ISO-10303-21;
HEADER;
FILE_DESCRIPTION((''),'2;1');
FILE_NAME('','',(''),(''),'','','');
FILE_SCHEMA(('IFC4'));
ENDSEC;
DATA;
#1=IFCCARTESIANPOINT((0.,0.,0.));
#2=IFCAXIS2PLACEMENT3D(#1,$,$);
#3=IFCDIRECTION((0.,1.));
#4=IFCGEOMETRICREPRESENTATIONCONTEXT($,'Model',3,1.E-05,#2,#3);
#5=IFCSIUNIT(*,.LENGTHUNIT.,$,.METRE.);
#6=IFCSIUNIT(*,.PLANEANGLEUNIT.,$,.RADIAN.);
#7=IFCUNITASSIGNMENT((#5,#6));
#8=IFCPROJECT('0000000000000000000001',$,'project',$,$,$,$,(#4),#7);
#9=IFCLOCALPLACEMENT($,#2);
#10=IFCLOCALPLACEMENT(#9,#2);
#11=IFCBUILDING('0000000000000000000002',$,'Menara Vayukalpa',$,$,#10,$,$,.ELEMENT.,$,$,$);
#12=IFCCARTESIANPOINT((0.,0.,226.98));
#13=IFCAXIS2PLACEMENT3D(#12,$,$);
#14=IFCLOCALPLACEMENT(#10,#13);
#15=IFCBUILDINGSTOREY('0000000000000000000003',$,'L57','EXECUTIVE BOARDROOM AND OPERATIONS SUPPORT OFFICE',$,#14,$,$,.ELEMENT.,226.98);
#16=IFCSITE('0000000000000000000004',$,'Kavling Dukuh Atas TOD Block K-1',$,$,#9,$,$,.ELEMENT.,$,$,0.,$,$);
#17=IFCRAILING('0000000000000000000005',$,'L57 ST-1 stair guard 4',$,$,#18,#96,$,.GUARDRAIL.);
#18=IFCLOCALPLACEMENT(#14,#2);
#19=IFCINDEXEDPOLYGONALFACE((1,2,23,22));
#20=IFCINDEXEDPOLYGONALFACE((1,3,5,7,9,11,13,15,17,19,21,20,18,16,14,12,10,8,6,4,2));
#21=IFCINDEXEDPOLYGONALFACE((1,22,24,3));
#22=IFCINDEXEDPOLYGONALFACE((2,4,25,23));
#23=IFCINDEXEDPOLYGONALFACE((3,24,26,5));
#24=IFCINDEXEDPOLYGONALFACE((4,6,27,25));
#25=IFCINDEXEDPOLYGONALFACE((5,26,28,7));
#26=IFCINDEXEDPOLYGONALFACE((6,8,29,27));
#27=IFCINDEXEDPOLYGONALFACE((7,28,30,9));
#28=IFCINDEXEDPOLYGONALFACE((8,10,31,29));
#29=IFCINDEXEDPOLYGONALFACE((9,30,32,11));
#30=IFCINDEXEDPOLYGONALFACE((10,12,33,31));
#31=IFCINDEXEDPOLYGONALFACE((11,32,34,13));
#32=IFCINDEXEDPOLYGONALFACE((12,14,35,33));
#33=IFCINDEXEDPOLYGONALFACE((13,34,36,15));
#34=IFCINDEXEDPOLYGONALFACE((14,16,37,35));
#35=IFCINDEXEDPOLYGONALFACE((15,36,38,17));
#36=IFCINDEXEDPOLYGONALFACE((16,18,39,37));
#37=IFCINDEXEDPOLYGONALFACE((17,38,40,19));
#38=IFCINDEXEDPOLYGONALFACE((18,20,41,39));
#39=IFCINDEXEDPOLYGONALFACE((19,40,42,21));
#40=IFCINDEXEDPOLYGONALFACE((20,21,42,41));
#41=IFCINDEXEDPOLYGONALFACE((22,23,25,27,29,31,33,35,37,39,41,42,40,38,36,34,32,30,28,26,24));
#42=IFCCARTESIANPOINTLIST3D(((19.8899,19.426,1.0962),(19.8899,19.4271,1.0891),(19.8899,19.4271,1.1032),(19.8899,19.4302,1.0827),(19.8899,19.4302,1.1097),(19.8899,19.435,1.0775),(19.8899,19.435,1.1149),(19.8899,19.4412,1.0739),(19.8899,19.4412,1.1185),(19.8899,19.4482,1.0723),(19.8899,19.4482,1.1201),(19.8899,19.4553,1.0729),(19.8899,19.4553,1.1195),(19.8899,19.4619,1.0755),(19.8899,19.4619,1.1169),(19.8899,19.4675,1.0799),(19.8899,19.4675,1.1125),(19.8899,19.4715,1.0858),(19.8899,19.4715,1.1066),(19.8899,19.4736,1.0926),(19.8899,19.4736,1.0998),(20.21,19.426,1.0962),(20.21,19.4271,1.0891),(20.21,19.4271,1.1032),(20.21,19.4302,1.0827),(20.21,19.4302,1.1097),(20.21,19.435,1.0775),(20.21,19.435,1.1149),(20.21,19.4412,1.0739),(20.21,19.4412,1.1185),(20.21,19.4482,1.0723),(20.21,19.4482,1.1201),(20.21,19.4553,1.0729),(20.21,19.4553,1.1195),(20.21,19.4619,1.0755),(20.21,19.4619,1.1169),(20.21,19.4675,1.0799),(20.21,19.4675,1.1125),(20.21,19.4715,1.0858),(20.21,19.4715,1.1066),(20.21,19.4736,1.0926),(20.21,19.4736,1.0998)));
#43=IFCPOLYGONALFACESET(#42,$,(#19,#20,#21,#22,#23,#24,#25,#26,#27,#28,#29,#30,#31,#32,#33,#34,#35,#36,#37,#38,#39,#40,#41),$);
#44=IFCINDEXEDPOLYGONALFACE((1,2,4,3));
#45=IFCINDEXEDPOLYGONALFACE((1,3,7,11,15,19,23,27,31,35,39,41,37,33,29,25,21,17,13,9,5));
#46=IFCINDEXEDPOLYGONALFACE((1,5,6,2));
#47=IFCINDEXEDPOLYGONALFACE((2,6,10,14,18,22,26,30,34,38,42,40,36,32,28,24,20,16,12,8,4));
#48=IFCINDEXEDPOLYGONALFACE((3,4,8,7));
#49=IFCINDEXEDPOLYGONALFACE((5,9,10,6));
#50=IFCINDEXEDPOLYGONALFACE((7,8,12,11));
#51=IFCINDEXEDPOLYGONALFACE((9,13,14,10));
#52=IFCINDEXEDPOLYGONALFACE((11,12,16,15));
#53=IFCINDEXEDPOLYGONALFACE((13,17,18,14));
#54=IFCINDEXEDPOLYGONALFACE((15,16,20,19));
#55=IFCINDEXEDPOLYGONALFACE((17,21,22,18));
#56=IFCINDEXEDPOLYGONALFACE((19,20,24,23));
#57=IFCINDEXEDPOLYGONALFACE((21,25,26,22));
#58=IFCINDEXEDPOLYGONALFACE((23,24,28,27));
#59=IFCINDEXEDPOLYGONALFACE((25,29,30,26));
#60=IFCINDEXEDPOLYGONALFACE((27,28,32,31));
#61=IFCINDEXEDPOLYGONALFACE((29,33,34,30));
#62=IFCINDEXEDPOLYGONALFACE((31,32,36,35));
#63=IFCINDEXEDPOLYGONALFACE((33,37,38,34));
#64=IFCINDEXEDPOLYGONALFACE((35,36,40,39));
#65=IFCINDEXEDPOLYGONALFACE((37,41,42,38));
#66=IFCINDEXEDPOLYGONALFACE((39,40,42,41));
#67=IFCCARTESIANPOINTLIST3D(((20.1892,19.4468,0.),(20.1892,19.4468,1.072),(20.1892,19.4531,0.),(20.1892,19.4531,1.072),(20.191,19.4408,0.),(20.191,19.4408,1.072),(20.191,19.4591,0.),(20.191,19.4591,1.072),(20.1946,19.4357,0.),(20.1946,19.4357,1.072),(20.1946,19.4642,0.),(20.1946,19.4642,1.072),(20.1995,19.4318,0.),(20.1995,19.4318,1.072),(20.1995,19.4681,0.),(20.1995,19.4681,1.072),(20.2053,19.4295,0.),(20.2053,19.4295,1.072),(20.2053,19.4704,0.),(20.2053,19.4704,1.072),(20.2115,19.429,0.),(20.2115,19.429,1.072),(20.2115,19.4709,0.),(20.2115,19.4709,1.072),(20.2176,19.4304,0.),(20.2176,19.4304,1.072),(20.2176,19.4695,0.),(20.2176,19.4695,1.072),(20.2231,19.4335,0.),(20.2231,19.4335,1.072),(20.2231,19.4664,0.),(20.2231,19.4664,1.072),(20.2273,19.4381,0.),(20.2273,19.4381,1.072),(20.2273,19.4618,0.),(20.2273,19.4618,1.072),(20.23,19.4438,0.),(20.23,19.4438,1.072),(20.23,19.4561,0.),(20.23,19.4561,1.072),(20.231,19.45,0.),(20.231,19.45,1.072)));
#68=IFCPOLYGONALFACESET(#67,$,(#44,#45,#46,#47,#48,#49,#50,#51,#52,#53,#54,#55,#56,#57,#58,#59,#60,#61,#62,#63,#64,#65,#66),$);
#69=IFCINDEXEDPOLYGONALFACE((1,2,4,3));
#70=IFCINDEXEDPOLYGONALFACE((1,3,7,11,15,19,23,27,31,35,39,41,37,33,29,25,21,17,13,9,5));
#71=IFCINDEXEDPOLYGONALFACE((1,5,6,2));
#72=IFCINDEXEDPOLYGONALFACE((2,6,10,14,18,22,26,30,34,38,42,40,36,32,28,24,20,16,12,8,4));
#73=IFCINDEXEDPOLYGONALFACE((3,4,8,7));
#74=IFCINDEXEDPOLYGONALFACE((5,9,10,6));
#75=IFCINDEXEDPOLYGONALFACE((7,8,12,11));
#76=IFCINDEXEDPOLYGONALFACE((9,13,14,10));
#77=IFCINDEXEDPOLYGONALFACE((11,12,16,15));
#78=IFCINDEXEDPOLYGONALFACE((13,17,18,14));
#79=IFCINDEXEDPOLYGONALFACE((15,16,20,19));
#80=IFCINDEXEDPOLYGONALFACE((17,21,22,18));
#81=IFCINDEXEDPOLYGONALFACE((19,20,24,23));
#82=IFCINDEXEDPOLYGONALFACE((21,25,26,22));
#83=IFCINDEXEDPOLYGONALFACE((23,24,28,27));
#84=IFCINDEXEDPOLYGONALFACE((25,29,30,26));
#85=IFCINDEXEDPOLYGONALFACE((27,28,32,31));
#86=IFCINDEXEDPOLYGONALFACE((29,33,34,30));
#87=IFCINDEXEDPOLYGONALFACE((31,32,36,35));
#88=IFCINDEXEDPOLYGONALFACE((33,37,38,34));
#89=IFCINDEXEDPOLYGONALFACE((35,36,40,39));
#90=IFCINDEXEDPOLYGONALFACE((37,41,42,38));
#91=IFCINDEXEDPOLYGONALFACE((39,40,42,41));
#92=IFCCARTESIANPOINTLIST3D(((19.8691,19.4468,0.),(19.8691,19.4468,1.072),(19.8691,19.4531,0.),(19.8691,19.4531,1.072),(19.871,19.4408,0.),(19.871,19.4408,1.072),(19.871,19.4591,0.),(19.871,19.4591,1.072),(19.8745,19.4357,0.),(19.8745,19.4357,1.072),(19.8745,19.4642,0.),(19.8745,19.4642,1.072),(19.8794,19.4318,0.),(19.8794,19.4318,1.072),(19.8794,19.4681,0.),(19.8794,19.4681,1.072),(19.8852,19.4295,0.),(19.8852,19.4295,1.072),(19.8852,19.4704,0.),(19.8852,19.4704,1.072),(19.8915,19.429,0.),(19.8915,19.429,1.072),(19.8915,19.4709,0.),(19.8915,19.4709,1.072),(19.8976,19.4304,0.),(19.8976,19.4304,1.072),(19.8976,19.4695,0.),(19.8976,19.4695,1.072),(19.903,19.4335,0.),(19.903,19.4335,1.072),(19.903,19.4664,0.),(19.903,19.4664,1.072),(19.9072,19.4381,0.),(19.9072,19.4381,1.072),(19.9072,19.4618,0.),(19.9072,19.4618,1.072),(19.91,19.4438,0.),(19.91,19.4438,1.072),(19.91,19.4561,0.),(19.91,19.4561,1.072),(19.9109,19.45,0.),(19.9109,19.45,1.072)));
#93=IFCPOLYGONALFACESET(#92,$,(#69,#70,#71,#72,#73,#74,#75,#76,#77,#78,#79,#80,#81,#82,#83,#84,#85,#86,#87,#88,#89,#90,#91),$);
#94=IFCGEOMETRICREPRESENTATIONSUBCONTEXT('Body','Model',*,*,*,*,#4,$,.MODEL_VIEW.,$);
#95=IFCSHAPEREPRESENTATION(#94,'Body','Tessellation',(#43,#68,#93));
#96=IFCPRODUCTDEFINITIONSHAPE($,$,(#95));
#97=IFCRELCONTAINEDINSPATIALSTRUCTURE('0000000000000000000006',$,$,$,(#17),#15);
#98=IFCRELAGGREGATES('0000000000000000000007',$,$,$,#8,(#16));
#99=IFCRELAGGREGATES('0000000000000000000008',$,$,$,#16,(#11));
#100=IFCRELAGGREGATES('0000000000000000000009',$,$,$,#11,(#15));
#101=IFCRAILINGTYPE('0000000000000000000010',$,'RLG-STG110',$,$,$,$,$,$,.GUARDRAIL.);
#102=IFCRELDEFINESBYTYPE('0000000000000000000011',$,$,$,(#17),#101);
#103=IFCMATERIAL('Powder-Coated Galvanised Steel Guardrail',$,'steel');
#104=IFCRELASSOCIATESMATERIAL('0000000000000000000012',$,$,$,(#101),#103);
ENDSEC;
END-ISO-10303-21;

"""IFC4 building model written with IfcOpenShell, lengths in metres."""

from ifc_helpers import new_model, si_unit, direction, frame, origin, origin_2d, place, context, subcontext, project, spatial, circle, extrude, material, type_object, element, save


model = new_model("IFC4")

# Units and contexts
model_context = context("Model", 3, precision=1e-05, world=origin(), true_north=direction((0.0, 1.0)))
body_context = subcontext(model_context, "Body", "Model", "MODEL_VIEW")
ifc_project = project(units=[si_unit("LENGTHUNIT", "METRE"), si_unit("PLANEANGLEUNIT", "RADIAN")], contexts=[model_context])

# Site, building, storey
site_placement = place(None, origin())
site = spatial("IfcSite", under=ifc_project, at=site_placement, Name="Kavling Dukuh Atas TOD Block K-1", CompositionType="ELEMENT", RefElevation=0.0)
building_placement = place(site_placement, origin())
building = spatial("IfcBuilding", under=site, at=building_placement, Name="Menara Vayukalpa", CompositionType="ELEMENT")
storey_placement = place(building_placement, frame((0.0, 0.0, 226.98)))
storey = spatial("IfcBuildingStorey", under=building, at=storey_placement, Name="L57", Description="EXECUTIVE BOARDROOM AND OPERATIONS SUPPORT OFFICE", CompositionType="ELEMENT", Elevation=226.98)

# Railing
ifc_material_1 = material(Name="Powder-Coated Galvanised Steel Guardrail", Category="steel")
railing_type_1 = type_object("IfcRailingType", Name="RLG-STG110", PredefinedType="GUARDRAIL", material=ifc_material_1)
railing_1_placement = place(storey_placement, frame((20.21, 19.45, 0.0)))
element("IfcRailing", 1, at=railing_1_placement, inside=storey, type_object=railing_type_1, Name="L57 ST-1 stair guard 4", PredefinedType="GUARDRAIL", context=body_context, shape_type="SweptSolid", body=[
    extrude(circle(Radius=0.0239, at=origin_2d()), frame((0.0, 0.0, 1.0962), z_axis=(-1.0, 0.0, 0.0), x_axis=(0.0, -1.0, 0.0)), (0.0, 0.0, 1.0), 0.3201),
    extrude(circle(Radius=0.021, at=origin_2d()), origin(), (0.0, 0.0, 1.0), 1.072),
    extrude(circle(Radius=0.021, at=origin_2d()), frame((-0.3201, 0.0, 0.0)), (0.0, 0.0, 1.0), 1.072),
])

save(model, "model.ifc")
